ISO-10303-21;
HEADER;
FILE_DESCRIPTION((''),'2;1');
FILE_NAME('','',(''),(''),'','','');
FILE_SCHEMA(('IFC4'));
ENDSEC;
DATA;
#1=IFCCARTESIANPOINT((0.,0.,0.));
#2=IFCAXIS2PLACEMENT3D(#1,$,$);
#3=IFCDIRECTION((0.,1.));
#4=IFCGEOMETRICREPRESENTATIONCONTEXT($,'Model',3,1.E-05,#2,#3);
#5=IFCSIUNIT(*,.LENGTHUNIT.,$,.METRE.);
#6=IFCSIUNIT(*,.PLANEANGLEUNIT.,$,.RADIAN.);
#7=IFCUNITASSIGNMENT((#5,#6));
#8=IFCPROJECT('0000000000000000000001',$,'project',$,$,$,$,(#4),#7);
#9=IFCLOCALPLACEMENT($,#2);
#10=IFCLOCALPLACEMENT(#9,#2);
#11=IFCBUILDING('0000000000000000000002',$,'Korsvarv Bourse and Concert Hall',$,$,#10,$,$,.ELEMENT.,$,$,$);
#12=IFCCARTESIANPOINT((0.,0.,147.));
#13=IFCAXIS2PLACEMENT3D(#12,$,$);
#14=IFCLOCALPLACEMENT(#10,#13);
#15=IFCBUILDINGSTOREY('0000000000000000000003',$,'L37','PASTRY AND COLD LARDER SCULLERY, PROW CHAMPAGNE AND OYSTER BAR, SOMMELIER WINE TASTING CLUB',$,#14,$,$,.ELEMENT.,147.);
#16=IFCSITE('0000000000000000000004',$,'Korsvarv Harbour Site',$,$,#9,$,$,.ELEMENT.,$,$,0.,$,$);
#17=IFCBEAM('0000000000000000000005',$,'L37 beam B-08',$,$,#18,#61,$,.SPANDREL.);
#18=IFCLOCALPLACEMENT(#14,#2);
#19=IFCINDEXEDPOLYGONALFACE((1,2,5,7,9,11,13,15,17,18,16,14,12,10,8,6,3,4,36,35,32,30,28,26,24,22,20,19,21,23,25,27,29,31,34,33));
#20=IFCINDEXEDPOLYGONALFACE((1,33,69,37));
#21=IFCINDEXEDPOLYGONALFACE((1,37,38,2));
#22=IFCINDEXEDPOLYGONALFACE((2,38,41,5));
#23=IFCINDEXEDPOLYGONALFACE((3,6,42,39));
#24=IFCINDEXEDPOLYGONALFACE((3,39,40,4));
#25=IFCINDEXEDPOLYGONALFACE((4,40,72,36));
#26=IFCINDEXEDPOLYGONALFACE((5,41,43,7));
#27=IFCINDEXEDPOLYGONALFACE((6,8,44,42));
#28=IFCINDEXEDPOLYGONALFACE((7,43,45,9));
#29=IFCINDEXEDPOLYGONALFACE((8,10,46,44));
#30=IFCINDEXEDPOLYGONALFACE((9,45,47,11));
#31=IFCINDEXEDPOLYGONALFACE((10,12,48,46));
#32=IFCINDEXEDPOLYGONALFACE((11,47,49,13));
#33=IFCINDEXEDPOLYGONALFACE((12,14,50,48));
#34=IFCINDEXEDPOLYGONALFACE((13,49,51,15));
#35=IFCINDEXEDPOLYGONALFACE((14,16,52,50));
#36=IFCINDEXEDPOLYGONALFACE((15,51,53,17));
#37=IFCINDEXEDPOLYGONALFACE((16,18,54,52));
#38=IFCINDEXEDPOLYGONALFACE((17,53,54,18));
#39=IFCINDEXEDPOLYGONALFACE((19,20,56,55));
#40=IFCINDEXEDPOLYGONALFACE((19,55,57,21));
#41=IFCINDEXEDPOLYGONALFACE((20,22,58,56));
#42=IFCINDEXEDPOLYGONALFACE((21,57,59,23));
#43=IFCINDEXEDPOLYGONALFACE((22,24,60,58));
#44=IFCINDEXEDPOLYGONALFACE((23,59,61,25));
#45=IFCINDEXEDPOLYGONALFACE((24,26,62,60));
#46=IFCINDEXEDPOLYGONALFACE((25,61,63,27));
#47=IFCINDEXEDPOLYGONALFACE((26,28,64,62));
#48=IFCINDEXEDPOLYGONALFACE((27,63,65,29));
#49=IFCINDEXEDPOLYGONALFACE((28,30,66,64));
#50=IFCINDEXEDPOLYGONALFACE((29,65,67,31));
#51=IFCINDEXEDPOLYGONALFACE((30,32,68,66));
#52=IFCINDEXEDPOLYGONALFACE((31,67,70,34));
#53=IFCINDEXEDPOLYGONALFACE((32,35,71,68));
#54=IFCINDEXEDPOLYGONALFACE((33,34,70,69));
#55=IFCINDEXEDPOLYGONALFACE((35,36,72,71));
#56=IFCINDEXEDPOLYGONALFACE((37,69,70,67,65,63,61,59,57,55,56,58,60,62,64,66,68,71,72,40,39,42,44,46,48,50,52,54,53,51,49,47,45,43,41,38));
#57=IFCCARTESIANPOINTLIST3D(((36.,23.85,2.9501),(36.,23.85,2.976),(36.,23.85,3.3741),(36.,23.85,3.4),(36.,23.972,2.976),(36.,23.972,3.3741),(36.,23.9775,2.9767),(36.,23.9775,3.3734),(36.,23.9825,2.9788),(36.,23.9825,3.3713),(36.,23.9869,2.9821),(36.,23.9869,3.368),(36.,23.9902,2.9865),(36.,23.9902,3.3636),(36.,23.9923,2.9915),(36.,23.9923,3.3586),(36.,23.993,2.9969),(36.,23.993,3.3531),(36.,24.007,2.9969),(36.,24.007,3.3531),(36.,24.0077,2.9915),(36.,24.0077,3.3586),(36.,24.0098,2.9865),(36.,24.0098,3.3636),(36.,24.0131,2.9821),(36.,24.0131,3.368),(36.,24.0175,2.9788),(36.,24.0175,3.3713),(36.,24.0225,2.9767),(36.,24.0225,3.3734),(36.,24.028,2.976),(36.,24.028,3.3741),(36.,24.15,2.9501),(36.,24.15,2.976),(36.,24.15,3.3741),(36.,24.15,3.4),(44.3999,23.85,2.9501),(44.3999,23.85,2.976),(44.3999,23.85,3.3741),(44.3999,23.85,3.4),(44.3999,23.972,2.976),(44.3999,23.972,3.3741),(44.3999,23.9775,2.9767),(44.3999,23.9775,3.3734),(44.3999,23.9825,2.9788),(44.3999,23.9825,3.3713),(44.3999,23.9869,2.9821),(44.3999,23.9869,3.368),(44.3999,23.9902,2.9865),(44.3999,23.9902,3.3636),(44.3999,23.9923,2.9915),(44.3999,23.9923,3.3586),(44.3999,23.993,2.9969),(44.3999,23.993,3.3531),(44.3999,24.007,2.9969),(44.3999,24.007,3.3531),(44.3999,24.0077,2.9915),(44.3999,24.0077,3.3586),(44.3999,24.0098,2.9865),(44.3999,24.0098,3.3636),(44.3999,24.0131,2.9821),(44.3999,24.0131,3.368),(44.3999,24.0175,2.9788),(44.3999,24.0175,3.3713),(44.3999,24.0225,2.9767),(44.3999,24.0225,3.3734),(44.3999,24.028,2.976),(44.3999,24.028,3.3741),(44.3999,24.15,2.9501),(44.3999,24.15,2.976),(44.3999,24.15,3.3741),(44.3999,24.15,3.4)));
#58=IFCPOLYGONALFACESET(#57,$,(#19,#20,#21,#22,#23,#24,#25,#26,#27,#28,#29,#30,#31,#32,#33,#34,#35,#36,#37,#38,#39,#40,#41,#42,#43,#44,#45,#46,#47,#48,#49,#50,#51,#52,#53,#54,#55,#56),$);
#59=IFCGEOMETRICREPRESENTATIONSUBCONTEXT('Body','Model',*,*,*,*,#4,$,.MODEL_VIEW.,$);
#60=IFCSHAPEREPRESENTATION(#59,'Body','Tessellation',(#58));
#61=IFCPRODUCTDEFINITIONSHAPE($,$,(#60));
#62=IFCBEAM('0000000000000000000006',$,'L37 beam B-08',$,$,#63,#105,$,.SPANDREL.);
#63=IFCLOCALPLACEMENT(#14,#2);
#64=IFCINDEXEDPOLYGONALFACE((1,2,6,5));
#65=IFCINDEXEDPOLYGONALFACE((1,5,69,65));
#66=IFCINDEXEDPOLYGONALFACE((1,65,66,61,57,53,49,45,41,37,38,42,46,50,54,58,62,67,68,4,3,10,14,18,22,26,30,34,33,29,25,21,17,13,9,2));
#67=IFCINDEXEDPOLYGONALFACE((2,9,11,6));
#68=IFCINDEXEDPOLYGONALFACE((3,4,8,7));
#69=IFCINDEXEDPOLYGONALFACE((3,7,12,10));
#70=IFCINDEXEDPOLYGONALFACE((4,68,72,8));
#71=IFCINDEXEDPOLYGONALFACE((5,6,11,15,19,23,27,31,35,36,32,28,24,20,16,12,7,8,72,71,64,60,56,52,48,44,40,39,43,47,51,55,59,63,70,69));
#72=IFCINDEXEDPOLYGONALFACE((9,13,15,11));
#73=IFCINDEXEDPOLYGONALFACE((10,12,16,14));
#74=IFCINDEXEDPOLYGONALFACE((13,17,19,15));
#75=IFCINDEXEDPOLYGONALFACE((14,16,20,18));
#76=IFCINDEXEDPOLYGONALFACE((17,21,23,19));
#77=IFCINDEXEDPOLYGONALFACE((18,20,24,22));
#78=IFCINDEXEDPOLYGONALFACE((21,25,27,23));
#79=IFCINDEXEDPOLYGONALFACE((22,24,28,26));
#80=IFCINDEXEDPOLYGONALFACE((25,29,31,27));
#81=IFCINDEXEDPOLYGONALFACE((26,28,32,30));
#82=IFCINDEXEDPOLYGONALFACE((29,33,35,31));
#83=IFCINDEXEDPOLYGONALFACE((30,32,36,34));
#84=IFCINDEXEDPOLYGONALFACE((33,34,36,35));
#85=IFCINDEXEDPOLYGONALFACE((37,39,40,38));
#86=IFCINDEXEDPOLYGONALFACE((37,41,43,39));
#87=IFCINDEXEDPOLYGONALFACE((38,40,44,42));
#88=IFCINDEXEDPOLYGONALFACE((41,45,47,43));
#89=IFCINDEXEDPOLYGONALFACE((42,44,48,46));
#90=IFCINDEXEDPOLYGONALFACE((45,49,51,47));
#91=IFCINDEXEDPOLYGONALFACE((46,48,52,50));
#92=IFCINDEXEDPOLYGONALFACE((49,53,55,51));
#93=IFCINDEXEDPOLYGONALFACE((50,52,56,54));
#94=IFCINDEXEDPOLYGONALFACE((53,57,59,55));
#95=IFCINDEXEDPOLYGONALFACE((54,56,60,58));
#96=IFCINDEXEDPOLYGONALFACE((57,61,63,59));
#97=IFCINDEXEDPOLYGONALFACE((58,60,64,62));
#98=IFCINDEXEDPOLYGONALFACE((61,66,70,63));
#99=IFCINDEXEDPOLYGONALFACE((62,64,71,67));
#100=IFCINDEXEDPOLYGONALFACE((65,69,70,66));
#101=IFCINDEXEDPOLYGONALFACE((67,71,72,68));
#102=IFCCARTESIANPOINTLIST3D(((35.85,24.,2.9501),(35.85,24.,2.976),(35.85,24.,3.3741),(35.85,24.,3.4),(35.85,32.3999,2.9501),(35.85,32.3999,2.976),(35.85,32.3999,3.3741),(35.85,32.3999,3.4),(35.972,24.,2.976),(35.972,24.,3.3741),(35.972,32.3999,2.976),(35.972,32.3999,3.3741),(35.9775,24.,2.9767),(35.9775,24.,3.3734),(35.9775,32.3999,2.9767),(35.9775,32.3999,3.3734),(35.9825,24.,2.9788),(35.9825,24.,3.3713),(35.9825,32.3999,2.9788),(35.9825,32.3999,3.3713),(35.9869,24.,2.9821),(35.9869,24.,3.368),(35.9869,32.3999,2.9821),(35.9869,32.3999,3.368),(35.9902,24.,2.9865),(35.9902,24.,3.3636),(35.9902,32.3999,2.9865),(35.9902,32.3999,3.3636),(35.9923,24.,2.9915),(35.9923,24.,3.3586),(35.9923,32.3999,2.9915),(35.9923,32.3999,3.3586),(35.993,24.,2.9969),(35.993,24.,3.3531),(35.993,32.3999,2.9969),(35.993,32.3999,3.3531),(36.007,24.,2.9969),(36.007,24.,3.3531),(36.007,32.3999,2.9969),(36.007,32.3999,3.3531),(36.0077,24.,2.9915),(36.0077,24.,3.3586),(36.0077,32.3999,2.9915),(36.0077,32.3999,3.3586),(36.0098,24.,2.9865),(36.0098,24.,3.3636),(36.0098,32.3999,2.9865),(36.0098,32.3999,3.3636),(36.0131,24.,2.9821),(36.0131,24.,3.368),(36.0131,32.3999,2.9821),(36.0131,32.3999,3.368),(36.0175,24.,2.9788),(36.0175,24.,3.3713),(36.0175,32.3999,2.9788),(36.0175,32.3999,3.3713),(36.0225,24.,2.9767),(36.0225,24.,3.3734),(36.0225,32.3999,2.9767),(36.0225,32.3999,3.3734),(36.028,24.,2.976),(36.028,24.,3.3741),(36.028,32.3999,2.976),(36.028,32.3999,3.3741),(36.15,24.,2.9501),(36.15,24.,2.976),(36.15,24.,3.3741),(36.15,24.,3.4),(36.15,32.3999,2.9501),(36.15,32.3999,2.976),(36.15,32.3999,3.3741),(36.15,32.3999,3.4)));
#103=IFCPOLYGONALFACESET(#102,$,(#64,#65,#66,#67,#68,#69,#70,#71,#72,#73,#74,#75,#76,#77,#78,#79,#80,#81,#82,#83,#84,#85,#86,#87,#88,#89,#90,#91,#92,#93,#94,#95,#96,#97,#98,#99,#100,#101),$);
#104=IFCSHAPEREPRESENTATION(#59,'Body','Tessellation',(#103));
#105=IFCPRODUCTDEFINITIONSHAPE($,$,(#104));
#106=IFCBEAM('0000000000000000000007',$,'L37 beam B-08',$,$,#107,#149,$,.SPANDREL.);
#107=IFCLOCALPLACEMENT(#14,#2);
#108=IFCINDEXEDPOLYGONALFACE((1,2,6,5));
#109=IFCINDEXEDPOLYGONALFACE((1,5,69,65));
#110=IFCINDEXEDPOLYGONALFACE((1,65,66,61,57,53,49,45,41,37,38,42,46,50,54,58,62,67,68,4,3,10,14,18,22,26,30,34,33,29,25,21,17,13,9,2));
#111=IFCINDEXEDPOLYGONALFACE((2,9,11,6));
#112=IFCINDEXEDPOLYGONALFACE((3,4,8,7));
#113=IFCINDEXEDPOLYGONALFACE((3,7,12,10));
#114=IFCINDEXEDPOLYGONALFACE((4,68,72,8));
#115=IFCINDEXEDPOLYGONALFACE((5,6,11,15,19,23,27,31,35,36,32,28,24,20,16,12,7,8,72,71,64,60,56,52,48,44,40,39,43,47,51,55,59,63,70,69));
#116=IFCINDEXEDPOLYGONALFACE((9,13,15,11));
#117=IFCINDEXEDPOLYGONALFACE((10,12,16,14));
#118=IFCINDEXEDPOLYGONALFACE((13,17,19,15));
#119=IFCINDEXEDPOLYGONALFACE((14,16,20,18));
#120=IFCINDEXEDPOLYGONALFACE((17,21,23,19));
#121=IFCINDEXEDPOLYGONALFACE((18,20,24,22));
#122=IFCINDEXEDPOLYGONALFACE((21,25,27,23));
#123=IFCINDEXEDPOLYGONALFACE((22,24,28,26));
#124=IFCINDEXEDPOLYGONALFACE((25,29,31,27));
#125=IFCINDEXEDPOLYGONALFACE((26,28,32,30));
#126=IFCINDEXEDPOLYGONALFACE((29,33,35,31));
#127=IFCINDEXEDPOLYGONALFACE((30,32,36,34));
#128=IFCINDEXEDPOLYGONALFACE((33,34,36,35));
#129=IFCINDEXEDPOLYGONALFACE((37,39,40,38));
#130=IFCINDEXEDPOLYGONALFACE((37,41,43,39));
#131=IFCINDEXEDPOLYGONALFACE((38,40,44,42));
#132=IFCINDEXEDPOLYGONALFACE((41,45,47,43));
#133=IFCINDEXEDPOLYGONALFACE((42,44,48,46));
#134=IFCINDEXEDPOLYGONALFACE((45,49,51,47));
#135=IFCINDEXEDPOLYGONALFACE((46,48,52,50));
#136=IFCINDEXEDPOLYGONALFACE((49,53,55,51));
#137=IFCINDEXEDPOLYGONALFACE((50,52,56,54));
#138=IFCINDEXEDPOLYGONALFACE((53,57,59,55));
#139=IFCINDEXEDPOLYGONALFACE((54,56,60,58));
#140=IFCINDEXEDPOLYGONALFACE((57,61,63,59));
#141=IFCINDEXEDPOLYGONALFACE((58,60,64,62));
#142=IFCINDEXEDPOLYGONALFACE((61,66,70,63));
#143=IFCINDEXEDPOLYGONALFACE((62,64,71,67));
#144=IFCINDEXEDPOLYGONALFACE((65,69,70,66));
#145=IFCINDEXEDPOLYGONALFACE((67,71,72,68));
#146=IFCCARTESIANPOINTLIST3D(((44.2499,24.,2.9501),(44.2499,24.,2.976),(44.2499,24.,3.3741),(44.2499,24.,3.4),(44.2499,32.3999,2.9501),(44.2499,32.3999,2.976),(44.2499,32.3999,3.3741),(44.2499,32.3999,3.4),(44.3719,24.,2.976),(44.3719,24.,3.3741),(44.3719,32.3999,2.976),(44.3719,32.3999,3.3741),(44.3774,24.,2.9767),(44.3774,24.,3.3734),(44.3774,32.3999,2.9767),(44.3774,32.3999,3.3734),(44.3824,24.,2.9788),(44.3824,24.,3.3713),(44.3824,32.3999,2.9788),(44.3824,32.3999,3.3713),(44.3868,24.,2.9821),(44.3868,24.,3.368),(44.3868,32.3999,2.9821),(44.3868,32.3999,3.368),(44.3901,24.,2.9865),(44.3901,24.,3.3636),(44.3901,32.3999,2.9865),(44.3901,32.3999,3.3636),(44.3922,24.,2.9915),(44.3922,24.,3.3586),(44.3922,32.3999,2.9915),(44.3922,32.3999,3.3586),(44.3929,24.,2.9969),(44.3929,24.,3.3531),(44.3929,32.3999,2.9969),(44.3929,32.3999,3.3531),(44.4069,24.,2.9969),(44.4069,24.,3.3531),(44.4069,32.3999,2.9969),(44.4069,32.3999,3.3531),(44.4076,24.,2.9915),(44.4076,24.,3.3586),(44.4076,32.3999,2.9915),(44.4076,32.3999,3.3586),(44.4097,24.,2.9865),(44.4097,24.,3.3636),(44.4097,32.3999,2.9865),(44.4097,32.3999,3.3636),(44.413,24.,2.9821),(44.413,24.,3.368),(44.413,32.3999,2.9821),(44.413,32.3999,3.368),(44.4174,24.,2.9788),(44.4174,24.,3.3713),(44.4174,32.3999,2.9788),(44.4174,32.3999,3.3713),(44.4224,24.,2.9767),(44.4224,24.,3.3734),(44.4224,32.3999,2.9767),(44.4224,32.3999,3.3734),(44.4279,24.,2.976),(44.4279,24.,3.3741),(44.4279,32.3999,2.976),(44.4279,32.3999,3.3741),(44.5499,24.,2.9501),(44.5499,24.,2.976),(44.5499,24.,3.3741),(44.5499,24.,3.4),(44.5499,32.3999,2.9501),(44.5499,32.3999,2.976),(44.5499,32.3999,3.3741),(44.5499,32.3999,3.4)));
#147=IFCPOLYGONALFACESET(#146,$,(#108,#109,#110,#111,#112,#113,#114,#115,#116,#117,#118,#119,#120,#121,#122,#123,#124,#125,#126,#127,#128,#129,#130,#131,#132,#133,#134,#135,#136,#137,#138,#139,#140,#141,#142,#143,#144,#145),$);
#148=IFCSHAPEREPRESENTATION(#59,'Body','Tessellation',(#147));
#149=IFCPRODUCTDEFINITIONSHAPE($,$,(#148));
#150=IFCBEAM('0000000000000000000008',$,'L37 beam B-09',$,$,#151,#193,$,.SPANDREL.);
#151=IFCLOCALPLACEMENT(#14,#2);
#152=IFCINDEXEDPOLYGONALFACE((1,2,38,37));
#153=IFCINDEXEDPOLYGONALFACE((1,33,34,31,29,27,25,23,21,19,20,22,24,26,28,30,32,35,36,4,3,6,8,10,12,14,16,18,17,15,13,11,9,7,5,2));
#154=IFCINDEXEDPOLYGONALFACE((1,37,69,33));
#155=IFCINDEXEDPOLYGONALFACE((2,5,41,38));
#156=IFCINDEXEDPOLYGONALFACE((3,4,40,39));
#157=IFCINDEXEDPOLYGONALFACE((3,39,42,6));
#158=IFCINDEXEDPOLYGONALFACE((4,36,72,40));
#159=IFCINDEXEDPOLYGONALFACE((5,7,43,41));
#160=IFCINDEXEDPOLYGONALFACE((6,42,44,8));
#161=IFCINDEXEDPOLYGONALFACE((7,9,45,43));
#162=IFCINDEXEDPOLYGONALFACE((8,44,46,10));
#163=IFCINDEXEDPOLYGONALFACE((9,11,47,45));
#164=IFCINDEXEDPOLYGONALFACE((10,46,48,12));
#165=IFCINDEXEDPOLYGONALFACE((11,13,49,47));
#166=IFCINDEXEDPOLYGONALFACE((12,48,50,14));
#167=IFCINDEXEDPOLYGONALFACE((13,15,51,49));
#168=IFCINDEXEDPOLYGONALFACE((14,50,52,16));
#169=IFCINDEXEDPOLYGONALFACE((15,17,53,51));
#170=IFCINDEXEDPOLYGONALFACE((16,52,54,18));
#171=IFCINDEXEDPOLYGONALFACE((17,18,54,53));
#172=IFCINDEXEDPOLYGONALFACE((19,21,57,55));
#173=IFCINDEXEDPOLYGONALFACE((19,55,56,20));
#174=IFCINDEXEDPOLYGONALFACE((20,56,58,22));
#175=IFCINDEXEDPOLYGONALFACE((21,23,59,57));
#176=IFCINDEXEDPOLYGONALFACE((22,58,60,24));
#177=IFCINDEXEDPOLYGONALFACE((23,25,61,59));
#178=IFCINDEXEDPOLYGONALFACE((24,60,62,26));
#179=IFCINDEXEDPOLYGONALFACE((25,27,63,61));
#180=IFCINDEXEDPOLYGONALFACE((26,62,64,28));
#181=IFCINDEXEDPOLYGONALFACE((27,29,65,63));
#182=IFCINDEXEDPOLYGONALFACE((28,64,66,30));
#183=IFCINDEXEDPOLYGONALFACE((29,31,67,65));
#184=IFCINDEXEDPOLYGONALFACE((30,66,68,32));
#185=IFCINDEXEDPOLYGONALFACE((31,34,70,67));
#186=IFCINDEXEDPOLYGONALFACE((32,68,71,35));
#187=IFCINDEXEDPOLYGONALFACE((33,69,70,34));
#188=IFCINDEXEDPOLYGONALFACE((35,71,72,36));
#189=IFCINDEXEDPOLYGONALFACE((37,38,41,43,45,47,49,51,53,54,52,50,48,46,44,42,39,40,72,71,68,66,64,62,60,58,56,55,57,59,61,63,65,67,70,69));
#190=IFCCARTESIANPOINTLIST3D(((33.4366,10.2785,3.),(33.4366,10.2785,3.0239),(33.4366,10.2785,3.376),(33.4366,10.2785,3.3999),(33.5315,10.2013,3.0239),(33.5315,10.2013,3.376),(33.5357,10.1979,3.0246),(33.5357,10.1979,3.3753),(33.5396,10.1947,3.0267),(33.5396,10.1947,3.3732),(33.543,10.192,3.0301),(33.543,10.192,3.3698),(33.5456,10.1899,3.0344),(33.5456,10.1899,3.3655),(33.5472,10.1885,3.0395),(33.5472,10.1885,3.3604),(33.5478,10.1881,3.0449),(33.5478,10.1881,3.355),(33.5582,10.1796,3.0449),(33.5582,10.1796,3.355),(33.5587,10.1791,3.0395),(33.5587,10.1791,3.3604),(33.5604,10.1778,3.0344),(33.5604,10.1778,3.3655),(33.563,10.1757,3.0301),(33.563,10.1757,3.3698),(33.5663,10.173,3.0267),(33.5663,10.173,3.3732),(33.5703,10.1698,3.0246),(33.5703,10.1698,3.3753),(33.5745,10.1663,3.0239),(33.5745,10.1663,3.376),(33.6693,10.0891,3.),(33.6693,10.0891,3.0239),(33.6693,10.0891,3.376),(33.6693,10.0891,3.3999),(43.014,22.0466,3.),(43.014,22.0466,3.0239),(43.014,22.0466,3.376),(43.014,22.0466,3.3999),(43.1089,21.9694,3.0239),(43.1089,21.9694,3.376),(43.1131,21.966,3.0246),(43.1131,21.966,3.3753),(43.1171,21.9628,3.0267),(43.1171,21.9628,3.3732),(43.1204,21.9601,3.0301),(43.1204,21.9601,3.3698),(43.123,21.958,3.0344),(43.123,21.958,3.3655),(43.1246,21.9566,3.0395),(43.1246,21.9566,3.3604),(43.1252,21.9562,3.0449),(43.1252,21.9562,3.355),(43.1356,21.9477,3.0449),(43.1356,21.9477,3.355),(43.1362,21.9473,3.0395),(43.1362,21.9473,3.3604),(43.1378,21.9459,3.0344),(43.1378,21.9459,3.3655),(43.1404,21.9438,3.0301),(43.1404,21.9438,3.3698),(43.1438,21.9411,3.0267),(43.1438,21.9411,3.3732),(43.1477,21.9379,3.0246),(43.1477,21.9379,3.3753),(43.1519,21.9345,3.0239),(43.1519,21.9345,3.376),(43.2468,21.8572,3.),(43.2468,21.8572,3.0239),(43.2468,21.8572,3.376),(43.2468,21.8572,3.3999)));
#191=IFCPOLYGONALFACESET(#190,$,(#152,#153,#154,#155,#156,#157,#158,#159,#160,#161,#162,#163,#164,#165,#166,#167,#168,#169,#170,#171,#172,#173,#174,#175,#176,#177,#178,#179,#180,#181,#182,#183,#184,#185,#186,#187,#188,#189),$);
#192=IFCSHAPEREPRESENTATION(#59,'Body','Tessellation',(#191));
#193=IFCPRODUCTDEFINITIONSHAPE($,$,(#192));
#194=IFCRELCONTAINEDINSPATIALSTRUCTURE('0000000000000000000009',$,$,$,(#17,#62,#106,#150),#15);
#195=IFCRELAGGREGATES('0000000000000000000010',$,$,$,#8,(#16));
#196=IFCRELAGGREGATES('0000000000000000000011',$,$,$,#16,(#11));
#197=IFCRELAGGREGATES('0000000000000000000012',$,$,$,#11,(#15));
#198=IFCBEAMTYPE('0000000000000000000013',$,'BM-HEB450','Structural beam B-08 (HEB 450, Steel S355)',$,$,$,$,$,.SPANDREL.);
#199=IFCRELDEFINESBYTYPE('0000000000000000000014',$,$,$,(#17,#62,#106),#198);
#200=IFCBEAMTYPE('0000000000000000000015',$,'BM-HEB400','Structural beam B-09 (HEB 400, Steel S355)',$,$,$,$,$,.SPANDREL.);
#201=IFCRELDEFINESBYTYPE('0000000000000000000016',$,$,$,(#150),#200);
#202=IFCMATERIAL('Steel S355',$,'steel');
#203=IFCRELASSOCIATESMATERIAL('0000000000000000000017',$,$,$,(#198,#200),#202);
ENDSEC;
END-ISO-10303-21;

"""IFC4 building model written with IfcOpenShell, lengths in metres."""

from ifc_helpers import new_model, si_unit, direction, frame, origin, origin_2d, place, context, subcontext, project, spatial, i_section, extrude, source, transform, mapped, material, material_profile, profile_set, type_object, element, save


model = new_model("IFC4")

# Units and contexts
model_context = context("Model", 3, precision=1e-05, world=origin(), true_north=direction((0.0, 1.0)))
body_context = subcontext(model_context, "Body", "Model", "MODEL_VIEW")
ifc_project = project(units=[si_unit("LENGTHUNIT", "METRE"), si_unit("PLANEANGLEUNIT", "RADIAN")], contexts=[model_context])

# Site, building, storey
site_placement = place(None, origin())
site = spatial("IfcSite", under=ifc_project, at=site_placement, Name="Korsvarv Harbour Site", CompositionType="ELEMENT", RefElevation=0.0)
building_placement = place(site_placement, origin())
building = spatial("IfcBuilding", under=site, at=building_placement, Name="Korsvarv Bourse and Concert Hall", CompositionType="ELEMENT")
storey_placement = place(building_placement, frame((0.0, 0.0, 147.0)))
storey = spatial("IfcBuildingStorey", under=building, at=storey_placement, Name="L37", Description="PASTRY AND COLD LARDER SCULLERY, PROW CHAMPAGNE AND OYSTER BAR, SOMMELIER WINE TASTING CLUB", CompositionType="ELEMENT", Elevation=147.0)

# Shared definitions
ifc_material_1 = material(Name="Steel S355", Category="steel")

# Beams
ifc_material_profile_1 = material_profile(ifc_material_1, i_section(OverallWidth=0.3, OverallDepth=0.45, WebThickness=0.0139, FlangeThickness=0.0259, FilletRadius=0.021, at=origin_2d()), Name="HEB 450")
ifc_profile_set_1 = profile_set([ifc_material_profile_1], Name="Steel S355")
beam_type_1 = type_object("IfcBeamType", Name="BM-HEB450", Description="Structural beam B-08 (HEB 450, Steel S355)", PredefinedType="SPANDREL", material=ifc_profile_set_1)
shared_shape_1 = source(origin(), body_context, "Body", "SweptSolid", [
    extrude(i_section(OverallWidth=0.3, OverallDepth=0.45, WebThickness=0.0139, FlangeThickness=0.0259, FilletRadius=0.021, at=origin_2d()), origin(), (0.0, 0.0, 1.0), 8.3999),
])
for number, where, z_axis, x_axis, name in (
    (1, (36.0, 24.0, 3.175), (1.0, 0.0, 0.0), (0.0, 1.0, 0.0), "L37 beam B-08"),
    (2, (36.0, 24.0, 3.175), (0.0, 1.0, 0.0), (-1.0, 0.0, 0.0), "L37 beam B-08"),
    (3, (44.3999, 24.0, 3.175), (0.0, 1.0, 0.0), (-1.0, 0.0, 0.0), "L37 beam B-08"),
):
    element("IfcBeam", number, at=place(storey_placement, frame(where, z_axis=z_axis, x_axis=x_axis)), inside=storey, type_object=beam_type_1, Name=name, PredefinedType="SPANDREL", context=body_context, shape_type="MappedRepresentation", body=[
        mapped(shared_shape_1, transform((0.0, 0.0, 0.0), scale=1.0)),
    ])
ifc_material_profile_2 = material_profile(ifc_material_1, i_section(OverallWidth=0.3, OverallDepth=0.3999, WebThickness=0.0134, FlangeThickness=0.0239, FilletRadius=0.021, at=origin_2d()), Name="HEB 400")
ifc_profile_set_2 = profile_set([ifc_material_profile_2], Name="Steel S355")
beam_type_2 = type_object("IfcBeamType", Name="BM-HEB400", Description="Structural beam B-09 (HEB 400, Steel S355)", PredefinedType="SPANDREL", material=ifc_profile_set_2)
shared_shape_2 = source(origin(), body_context, "Body", "SweptSolid", [
    extrude(i_section(OverallWidth=0.3, OverallDepth=0.3999, WebThickness=0.0134, FlangeThickness=0.0239, FilletRadius=0.021, at=origin_2d()), origin(), (0.0, 0.0, 1.0), 15.1729),
])
beam_1_placement = place(storey_placement, frame((33.553, 10.1838, 3.2), z_axis=(0.631221, 0.775603, 0.0), x_axis=(-0.775603, 0.631221, 0.0)))
element("IfcBeam", 4, at=beam_1_placement, inside=storey, type_object=beam_type_2, Name="L37 beam B-09", PredefinedType="SPANDREL", context=body_context, shape_type="MappedRepresentation", body=[
    mapped(shared_shape_2, transform((0.0, 0.0, 0.0), scale=1.0)),
])

save(model, "model.ifc")
